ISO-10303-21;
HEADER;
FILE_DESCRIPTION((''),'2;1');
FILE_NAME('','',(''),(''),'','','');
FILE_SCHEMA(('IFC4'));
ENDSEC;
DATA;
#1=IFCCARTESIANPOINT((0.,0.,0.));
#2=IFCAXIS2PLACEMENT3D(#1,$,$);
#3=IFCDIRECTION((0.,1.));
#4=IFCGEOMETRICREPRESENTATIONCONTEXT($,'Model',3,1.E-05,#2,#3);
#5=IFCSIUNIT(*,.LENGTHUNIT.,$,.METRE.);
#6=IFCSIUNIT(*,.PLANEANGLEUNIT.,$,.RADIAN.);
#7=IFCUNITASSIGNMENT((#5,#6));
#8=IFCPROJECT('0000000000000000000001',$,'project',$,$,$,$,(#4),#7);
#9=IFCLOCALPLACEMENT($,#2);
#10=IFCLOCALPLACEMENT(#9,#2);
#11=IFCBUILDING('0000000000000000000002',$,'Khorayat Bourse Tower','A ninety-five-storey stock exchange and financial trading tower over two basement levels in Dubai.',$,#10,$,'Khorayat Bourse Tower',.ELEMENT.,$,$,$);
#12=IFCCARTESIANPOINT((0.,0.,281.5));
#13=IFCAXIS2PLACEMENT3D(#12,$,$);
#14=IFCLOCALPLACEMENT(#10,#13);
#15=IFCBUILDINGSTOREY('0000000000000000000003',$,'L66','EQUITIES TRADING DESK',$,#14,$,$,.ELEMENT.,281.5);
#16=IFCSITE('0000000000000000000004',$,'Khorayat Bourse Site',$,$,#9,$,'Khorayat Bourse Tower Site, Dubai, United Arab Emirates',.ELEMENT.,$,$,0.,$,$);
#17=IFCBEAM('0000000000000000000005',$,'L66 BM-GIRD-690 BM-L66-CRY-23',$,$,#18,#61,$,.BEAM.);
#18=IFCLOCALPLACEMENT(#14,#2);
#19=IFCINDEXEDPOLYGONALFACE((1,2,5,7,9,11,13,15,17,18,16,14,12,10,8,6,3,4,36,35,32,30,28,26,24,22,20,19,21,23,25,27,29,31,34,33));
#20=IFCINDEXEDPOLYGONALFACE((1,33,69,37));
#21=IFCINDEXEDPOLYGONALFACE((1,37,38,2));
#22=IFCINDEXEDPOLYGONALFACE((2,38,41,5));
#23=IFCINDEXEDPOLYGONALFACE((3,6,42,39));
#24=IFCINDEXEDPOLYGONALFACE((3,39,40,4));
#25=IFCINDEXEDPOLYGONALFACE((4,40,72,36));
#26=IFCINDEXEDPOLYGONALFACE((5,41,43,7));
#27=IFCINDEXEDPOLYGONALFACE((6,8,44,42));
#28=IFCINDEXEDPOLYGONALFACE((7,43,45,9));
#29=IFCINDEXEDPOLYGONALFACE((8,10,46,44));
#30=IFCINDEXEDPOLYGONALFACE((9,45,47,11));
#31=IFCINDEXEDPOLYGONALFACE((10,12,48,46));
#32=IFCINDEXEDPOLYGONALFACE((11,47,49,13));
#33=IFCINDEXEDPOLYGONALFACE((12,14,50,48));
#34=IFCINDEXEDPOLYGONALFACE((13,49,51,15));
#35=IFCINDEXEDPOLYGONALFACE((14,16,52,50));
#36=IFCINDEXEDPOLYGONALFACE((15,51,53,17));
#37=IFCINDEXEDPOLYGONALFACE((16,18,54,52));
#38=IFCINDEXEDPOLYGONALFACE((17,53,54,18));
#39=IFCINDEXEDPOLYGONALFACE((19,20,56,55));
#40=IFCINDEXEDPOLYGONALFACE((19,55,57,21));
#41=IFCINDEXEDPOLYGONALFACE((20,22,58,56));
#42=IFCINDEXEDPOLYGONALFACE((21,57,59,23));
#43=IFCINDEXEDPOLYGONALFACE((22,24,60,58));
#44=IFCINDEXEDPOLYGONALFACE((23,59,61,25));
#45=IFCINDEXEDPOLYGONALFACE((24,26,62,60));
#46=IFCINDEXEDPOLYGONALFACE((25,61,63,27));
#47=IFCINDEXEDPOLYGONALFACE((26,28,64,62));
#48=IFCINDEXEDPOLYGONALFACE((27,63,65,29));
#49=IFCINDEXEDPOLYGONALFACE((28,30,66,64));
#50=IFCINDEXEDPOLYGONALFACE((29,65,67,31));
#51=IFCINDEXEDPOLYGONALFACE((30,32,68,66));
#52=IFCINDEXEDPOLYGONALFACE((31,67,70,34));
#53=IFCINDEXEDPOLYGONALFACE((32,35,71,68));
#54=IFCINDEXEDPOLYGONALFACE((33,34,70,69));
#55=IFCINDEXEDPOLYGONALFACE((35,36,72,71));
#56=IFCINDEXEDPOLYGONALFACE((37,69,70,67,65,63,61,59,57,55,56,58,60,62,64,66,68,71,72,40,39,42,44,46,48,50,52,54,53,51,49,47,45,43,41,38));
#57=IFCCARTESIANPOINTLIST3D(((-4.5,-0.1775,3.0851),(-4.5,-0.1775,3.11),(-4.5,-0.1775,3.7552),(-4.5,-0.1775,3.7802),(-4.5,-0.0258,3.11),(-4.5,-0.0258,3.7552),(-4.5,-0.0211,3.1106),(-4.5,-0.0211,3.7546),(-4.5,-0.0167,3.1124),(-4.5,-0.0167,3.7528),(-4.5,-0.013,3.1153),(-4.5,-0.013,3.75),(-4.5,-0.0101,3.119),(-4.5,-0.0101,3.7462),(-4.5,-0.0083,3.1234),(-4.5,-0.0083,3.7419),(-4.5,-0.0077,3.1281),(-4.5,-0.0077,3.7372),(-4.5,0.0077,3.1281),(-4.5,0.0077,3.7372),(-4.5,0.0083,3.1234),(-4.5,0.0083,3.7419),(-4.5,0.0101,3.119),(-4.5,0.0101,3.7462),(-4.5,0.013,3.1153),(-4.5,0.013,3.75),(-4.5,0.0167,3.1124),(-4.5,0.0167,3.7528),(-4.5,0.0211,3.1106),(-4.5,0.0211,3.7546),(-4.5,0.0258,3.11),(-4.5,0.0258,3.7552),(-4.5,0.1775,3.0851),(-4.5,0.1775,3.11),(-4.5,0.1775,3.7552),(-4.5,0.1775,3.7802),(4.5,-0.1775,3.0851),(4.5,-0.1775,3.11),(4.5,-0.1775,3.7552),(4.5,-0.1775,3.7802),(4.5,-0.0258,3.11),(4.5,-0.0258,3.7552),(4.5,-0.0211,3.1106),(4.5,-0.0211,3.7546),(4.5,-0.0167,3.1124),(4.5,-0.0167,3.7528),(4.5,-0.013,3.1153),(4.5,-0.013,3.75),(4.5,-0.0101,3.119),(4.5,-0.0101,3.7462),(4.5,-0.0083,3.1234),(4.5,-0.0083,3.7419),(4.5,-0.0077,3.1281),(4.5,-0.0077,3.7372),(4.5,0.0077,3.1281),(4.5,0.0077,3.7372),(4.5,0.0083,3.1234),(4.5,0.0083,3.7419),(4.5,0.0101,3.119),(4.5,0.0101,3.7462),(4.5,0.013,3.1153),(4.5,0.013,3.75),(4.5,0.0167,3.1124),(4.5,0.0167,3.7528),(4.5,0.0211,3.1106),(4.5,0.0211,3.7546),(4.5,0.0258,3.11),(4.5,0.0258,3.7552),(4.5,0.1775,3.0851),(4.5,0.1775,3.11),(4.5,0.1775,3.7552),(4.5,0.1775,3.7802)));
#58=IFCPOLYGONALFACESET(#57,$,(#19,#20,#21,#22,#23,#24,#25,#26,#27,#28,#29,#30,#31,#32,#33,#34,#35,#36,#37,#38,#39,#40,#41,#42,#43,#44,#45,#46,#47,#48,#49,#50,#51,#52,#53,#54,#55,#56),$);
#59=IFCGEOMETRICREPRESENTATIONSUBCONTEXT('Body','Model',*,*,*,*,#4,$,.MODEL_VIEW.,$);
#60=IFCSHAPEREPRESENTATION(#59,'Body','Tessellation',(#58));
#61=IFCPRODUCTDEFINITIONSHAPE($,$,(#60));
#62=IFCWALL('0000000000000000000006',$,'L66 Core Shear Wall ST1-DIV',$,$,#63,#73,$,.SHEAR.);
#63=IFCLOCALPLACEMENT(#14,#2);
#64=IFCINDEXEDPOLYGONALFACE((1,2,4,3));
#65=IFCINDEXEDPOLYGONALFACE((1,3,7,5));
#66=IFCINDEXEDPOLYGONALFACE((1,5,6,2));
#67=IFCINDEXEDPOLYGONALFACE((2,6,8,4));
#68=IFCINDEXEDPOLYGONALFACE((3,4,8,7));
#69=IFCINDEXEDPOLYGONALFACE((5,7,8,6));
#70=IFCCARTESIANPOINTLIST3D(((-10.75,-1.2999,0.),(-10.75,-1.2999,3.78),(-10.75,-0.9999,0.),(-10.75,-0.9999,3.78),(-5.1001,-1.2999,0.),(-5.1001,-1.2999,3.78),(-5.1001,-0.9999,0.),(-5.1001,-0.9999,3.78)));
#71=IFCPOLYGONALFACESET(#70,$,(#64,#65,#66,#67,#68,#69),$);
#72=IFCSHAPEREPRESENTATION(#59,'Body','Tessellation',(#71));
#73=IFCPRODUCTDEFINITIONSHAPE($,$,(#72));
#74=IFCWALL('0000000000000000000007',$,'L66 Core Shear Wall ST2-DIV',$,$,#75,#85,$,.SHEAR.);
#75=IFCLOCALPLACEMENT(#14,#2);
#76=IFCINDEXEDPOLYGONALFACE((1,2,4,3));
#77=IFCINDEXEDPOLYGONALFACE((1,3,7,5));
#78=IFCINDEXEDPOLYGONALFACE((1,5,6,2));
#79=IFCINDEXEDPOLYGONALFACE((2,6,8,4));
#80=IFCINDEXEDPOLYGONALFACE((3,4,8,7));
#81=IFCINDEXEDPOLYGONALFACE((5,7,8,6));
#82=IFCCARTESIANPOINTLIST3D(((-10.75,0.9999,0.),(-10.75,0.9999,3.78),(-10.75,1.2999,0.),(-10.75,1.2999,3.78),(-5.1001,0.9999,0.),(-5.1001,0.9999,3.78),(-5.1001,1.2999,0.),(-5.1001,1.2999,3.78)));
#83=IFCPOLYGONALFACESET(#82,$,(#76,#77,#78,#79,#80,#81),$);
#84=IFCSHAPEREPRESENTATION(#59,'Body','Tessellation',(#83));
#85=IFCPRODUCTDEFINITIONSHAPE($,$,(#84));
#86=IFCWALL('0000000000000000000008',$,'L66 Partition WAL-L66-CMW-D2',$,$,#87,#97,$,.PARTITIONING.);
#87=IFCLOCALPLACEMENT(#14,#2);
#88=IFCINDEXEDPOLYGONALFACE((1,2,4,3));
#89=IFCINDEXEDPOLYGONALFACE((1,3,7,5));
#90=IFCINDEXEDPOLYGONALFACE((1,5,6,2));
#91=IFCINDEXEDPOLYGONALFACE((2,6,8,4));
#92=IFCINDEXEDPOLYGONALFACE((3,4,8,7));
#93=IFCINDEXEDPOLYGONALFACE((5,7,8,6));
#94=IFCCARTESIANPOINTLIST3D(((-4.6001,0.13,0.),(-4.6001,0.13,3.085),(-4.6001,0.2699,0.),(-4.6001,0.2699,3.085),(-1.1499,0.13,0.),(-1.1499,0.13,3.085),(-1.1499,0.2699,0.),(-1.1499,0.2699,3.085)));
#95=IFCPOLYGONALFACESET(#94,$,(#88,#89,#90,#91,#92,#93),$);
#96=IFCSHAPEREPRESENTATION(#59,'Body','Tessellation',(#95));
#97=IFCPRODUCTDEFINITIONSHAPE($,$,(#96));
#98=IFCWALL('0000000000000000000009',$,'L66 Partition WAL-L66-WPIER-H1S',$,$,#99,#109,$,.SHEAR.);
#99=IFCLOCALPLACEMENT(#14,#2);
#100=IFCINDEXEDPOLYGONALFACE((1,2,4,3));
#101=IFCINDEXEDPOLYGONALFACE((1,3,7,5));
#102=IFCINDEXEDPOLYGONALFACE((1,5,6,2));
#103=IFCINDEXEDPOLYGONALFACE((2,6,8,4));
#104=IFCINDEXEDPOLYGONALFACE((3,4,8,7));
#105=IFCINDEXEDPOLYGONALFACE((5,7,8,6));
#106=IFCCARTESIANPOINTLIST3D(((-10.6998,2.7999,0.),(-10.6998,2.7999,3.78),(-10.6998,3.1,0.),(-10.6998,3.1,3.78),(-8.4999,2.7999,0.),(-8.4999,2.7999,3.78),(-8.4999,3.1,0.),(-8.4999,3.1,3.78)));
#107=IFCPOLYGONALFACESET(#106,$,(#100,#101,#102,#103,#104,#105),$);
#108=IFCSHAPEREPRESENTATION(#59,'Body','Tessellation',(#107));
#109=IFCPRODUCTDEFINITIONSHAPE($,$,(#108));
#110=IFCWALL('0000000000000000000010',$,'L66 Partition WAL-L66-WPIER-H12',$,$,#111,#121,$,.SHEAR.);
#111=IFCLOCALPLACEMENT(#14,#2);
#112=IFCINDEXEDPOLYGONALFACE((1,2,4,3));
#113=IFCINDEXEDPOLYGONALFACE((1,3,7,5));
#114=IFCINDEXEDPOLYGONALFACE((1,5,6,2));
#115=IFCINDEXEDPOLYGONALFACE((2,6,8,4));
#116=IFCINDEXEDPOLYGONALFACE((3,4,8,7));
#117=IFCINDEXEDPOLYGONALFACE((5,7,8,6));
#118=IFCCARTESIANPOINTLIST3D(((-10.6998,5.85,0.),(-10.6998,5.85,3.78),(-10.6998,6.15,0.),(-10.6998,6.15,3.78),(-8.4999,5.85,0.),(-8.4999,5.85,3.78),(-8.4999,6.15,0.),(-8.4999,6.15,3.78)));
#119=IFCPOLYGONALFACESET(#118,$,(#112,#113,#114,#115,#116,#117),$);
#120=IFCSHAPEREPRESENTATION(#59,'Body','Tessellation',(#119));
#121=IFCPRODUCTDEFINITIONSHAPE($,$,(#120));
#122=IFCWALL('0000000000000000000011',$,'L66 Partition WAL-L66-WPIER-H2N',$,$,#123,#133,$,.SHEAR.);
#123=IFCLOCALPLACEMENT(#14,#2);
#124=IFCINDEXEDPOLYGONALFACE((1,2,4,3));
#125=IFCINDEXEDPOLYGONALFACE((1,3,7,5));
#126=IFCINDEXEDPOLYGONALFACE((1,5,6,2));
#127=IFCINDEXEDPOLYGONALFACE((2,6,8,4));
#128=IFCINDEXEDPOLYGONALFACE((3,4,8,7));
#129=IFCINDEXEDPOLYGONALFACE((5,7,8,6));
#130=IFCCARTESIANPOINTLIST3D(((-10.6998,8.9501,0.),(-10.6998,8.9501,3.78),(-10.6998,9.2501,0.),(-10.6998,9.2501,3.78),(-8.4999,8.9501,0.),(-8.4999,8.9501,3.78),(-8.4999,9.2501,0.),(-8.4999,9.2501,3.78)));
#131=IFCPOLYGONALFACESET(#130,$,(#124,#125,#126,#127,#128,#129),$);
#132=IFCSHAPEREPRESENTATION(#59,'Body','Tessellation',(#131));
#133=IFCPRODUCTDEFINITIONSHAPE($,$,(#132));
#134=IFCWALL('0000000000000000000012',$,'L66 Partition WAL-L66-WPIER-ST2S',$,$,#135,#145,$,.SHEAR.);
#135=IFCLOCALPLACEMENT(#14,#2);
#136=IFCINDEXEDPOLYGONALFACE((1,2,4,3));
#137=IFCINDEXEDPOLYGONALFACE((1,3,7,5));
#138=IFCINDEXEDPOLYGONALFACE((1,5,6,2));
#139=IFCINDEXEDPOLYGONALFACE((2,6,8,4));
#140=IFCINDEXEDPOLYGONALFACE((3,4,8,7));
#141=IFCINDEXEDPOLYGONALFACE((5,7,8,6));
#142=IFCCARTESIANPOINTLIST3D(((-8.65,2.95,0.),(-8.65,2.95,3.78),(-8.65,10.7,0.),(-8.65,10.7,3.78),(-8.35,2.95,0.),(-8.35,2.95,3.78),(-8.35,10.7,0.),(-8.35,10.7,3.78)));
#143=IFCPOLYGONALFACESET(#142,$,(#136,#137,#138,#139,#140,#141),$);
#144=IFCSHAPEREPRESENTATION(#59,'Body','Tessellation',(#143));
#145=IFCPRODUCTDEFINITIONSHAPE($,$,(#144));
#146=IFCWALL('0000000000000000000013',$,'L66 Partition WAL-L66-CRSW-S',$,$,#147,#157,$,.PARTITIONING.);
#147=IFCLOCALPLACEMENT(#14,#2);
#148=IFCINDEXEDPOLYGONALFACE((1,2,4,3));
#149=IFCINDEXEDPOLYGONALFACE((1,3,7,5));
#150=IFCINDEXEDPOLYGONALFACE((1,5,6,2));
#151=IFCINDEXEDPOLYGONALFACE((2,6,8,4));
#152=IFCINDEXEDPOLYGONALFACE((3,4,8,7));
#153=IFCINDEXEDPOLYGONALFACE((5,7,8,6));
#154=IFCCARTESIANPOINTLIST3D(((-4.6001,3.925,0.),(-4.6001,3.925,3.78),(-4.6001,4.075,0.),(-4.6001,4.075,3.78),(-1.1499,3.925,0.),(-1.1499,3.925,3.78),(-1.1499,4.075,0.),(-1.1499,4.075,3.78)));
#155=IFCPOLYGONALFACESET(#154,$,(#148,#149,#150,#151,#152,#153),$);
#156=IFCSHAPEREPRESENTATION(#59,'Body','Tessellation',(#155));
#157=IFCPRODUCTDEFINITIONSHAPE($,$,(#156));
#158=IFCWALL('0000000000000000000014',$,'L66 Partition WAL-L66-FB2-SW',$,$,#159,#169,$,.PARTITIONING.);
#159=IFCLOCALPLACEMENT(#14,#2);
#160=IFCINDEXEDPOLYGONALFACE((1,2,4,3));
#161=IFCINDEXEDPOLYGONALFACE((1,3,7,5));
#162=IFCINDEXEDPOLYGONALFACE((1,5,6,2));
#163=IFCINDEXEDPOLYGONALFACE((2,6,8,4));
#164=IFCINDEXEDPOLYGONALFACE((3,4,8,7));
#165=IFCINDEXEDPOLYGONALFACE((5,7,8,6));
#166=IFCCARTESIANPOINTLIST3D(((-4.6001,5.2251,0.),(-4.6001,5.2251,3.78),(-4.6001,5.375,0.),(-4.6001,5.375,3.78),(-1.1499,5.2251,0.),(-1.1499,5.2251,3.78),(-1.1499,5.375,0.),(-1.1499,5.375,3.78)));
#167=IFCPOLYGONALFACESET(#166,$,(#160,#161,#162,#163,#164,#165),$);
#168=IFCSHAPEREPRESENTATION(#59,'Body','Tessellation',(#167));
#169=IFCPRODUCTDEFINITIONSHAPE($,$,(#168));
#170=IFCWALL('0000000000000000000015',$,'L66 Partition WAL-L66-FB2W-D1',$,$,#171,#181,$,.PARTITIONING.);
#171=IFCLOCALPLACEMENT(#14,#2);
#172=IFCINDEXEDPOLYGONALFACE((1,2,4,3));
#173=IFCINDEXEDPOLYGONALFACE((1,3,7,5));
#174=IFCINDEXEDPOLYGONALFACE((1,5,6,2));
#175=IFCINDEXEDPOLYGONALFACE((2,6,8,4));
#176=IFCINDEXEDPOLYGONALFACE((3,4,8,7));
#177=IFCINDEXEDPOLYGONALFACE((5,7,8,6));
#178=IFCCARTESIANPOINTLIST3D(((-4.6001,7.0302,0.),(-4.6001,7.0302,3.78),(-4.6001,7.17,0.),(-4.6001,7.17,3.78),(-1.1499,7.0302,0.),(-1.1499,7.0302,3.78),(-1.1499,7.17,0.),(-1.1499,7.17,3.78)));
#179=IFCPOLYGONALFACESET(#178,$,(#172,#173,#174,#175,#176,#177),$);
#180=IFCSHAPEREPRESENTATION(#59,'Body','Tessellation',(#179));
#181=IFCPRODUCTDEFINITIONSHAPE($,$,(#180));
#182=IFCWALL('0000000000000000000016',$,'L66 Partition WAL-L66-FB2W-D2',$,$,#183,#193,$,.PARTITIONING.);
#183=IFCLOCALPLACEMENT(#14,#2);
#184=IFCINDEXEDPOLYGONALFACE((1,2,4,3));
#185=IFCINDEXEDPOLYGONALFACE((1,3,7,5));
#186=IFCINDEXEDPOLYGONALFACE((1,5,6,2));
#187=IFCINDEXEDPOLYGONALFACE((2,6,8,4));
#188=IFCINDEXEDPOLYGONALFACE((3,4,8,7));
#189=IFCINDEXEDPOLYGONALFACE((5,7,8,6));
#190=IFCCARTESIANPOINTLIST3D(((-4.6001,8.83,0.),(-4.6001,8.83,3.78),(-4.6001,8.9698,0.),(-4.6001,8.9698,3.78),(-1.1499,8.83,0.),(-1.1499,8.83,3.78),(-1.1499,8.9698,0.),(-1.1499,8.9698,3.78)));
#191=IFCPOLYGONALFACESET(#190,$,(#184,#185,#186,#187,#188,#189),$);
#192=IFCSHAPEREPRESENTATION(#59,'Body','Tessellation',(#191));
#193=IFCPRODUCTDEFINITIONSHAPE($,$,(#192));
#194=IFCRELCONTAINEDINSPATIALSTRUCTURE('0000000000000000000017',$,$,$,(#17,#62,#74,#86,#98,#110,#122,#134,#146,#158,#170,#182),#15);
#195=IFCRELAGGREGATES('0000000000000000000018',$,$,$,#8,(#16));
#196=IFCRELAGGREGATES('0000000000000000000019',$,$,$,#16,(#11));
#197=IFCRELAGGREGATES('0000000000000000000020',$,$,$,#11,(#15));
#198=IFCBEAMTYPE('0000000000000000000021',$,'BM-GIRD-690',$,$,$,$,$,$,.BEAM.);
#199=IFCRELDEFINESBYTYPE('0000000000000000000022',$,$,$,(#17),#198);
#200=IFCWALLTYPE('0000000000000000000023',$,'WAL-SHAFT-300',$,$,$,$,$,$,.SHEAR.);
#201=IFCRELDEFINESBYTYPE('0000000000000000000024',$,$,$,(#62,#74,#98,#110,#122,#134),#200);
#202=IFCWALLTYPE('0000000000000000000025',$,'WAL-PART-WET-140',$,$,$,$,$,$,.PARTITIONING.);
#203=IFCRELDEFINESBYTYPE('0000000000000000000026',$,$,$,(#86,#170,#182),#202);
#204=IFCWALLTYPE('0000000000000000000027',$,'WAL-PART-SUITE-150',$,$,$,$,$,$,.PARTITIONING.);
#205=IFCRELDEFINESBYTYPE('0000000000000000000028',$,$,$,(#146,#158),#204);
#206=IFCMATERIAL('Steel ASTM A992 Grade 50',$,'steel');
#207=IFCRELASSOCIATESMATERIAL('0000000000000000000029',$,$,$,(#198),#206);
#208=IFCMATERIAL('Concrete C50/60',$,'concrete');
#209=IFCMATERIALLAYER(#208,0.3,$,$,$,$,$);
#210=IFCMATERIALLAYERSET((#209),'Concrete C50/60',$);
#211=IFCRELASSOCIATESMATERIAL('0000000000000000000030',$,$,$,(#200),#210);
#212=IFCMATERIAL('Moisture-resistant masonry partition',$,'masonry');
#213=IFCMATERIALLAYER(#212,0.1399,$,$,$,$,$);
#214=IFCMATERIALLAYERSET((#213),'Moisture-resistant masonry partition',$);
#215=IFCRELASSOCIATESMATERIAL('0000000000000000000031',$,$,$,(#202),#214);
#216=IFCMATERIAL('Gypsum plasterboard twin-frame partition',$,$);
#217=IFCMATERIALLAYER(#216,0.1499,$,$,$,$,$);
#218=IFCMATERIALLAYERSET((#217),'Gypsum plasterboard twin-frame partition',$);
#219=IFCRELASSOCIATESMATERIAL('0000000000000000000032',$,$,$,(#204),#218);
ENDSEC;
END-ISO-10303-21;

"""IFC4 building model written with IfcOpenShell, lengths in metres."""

from ifc_helpers import new_model, si_unit, direction, frame, frame_2d, origin, origin_2d, place, context, subcontext, project, spatial, rectangle, i_section, extrude, source, transform, mapped, material, layer, layer_set, material_profile, profile_set, type_object, element, save


model = new_model("IFC4")

# Units and contexts
model_context = context("Model", 3, precision=1e-05, world=origin(), true_north=direction((0.0, 1.0)))
body_context = subcontext(model_context, "Body", "Model", "MODEL_VIEW")
ifc_project = project(units=[si_unit("LENGTHUNIT", "METRE"), si_unit("PLANEANGLEUNIT", "RADIAN")], contexts=[model_context])

# Site, building, storey
site_placement = place(None, origin())
site = spatial("IfcSite", under=ifc_project, at=site_placement, Name="Khorayat Bourse Site", LongName="Khorayat Bourse Tower Site, Dubai, United Arab Emirates", CompositionType="ELEMENT", RefElevation=0.0)
building_placement = place(site_placement, origin())
building = spatial("IfcBuilding", under=site, at=building_placement, Name="Khorayat Bourse Tower", Description="A ninety-five-storey stock exchange and financial trading tower over two basement levels in Dubai.", LongName="Khorayat Bourse Tower", CompositionType="ELEMENT")
storey_placement = place(building_placement, frame((0.0, 0.0, 281.5)))
storey = spatial("IfcBuildingStorey", under=building, at=storey_placement, Name="L66", Description="EQUITIES TRADING DESK", CompositionType="ELEMENT", Elevation=281.5)

# Beam
ifc_material_1 = material(Name="Steel ASTM A992 Grade 50", Category="steel")
ifc_material_profile_1 = material_profile(ifc_material_1, i_section(OverallWidth=0.355, OverallDepth=0.6951, WebThickness=0.0154, FlangeThickness=0.0249, FilletRadius=0.0181, at=origin_2d()), Name="W690X217")
ifc_profile_set_1 = profile_set([ifc_material_profile_1], Name="Steel ASTM A992 Grade 50")
beam_type = type_object("IfcBeamType", Name="BM-GIRD-690", PredefinedType="BEAM", material=ifc_profile_set_1)
shared_shape_1 = source(origin(), body_context, "Body", "SweptSolid", [
    extrude(i_section(OverallWidth=0.355, OverallDepth=0.6951, WebThickness=0.0154, FlangeThickness=0.0249, FilletRadius=0.0181, at=origin_2d()), origin(), (0.0, 0.0, 1.0), 9.0),
])
beam_1_placement = place(storey_placement, frame((-4.5, 0.0, 3.4326), z_axis=(1.0, 0.0, 0.0), x_axis=(0.0, 1.0, 0.0)))
element("IfcBeam", 1, at=beam_1_placement, inside=storey, type_object=beam_type, Name="L66 BM-GIRD-690 BM-L66-CRY-23", PredefinedType="BEAM", context=body_context, shape_type="MappedRepresentation", body=[
    mapped(shared_shape_1, transform((0.0, 0.0, 0.0), scale=1.0)),
])

# Walls
ifc_material_2 = material(Name="Concrete C50/60", Category="concrete")
ifc_layer_1 = layer(ifc_material_2, 0.3)
ifc_layer_set_1 = layer_set([ifc_layer_1], Name="Concrete C50/60")
wall_type_1 = type_object("IfcWallType", Name="WAL-SHAFT-300", PredefinedType="SHEAR", material=ifc_layer_set_1)
shared_shape_2 = source(origin(), body_context, "Body", "SweptSolid", [
    extrude(rectangle(XDim=5.6499, YDim=0.3, at=frame_2d((2.825, 0.0))), origin(), (0.0, 0.0, 1.0), 3.78),
])
for number, where, z_axis, x_axis, name in (
    (2, (-10.75, -1.1499, 0.0), (0.0, 0.0, 1.0), (1.0, 0.0, 0.0), "L66 Core Shear Wall ST1-DIV"),
    (3, (-10.75, 1.1499, 0.0), (0.0, 0.0, 1.0), (1.0, 0.0, 0.0), "L66 Core Shear Wall ST2-DIV"),
):
    element("IfcWall", number, at=place(storey_placement, frame(where, z_axis=z_axis, x_axis=x_axis)), inside=storey, type_object=wall_type_1, Name=name, PredefinedType="SHEAR", context=body_context, shape_type="MappedRepresentation", body=[
        mapped(shared_shape_2, transform((0.0, 0.0, 0.0), scale=1.0)),
    ])
ifc_material_3 = material(Name="Moisture-resistant masonry partition", Category="masonry")
ifc_layer_2 = layer(ifc_material_3, 0.1399)
ifc_layer_set_2 = layer_set([ifc_layer_2], Name="Moisture-resistant masonry partition")
wall_type_2 = type_object("IfcWallType", Name="WAL-PART-WET-140", PredefinedType="PARTITIONING", material=ifc_layer_set_2)
shared_shape_3 = source(origin(), body_context, "Body", "SweptSolid", [
    extrude(rectangle(XDim=3.4502, YDim=0.1399, at=frame_2d((1.7251, 0.0))), origin(), (0.0, 0.0, 1.0), 3.085),
])
wall_1_placement = place(storey_placement, frame((-4.6001, 0.2, 0.0), z_axis=(0.0, 0.0, 1.0), x_axis=(1.0, 0.0, 0.0)))
element("IfcWall", 4, at=wall_1_placement, inside=storey, type_object=wall_type_2, Name="L66 Partition WAL-L66-CMW-D2", PredefinedType="PARTITIONING", context=body_context, shape_type="MappedRepresentation", body=[
    mapped(shared_shape_3, transform((0.0, 0.0, 0.0), scale=1.0)),
])
shared_shape_4 = source(origin(), body_context, "Body", "SweptSolid", [
    extrude(rectangle(XDim=2.2, YDim=0.3, at=frame_2d((1.1001, 0.0))), origin(), (0.0, 0.0, 1.0), 3.78),
])
for number, where, z_axis, x_axis, name in (
    (5, (-10.7, 2.95, 0.0), (0.0, 0.0, 1.0), (1.0, 0.0, 0.0), "L66 Partition WAL-L66-WPIER-H1S"),
    (6, (-10.7, 6.0, 0.0), (0.0, 0.0, 1.0), (1.0, 0.0, 0.0), "L66 Partition WAL-L66-WPIER-H12"),
    (7, (-10.7, 9.1001, 0.0), (0.0, 0.0, 1.0), (1.0, 0.0, 0.0), "L66 Partition WAL-L66-WPIER-H2N"),
):
    element("IfcWall", number, at=place(storey_placement, frame(where, z_axis=z_axis, x_axis=x_axis)), inside=storey, type_object=wall_type_1, Name=name, PredefinedType="SHEAR", context=body_context, shape_type="MappedRepresentation", body=[
        mapped(shared_shape_4, transform((0.0, 0.0, 0.0), scale=1.0)),
    ])
shared_shape_5 = source(origin(), body_context, "Body", "SweptSolid", [
    extrude(rectangle(XDim=7.75, YDim=0.3, at=frame_2d((3.875, 0.0))), origin(), (0.0, 0.0, 1.0), 3.78),
])
wall_2_placement = place(storey_placement, frame((-8.5, 2.95, 0.0), z_axis=(0.0, 0.0, 1.0), x_axis=(0.0, 1.0, 0.0)))
element("IfcWall", 8, at=wall_2_placement, inside=storey, type_object=wall_type_1, Name="L66 Partition WAL-L66-WPIER-ST2S", PredefinedType="SHEAR", context=body_context, shape_type="MappedRepresentation", body=[
    mapped(shared_shape_5, transform((0.0, 0.0, 0.0), scale=1.0)),
])
ifc_material_4 = material(Name="Gypsum plasterboard twin-frame partition")
ifc_layer_3 = layer(ifc_material_4, 0.1499)
ifc_layer_set_3 = layer_set([ifc_layer_3], Name="Gypsum plasterboard twin-frame partition")
wall_type_3 = type_object("IfcWallType", Name="WAL-PART-SUITE-150", PredefinedType="PARTITIONING", material=ifc_layer_set_3)
shared_shape_6 = source(origin(), body_context, "Body", "SweptSolid", [
    extrude(rectangle(XDim=3.4502, YDim=0.1499, at=frame_2d((1.7251, 0.0))), origin(), (0.0, 0.0, 1.0), 3.78),
])
for number, where, z_axis, x_axis, name in (
    (9, (-4.6001, 4.0, 0.0), (0.0, 0.0, 1.0), (1.0, 0.0, 0.0), "L66 Partition WAL-L66-CRSW-S"),
    (10, (-4.6001, 5.3, 0.0), (0.0, 0.0, 1.0), (1.0, 0.0, 0.0), "L66 Partition WAL-L66-FB2-SW"),
):
    element("IfcWall", number, at=place(storey_placement, frame(where, z_axis=z_axis, x_axis=x_axis)), inside=storey, type_object=wall_type_3, Name=name, PredefinedType="PARTITIONING", context=body_context, shape_type="MappedRepresentation", body=[
        mapped(shared_shape_6, transform((0.0, 0.0, 0.0), scale=1.0)),
    ])
shared_shape_7 = source(origin(), body_context, "Body", "SweptSolid", [
    extrude(rectangle(XDim=3.4502, YDim=0.1399, at=frame_2d((1.7251, 0.0))), origin(), (0.0, 0.0, 1.0), 3.78),
])
for number, where, z_axis, x_axis, name in (
    (11, (-4.6001, 7.1001, 0.0), (0.0, 0.0, 1.0), (1.0, 0.0, 0.0), "L66 Partition WAL-L66-FB2W-D1"),
    (12, (-4.6001, 8.8999, 0.0), (0.0, 0.0, 1.0), (1.0, 0.0, 0.0), "L66 Partition WAL-L66-FB2W-D2"),
):
    element("IfcWall", number, at=place(storey_placement, frame(where, z_axis=z_axis, x_axis=x_axis)), inside=storey, type_object=wall_type_2, Name=name, PredefinedType="PARTITIONING", context=body_context, shape_type="MappedRepresentation", body=[
        mapped(shared_shape_7, transform((0.0, 0.0, 0.0), scale=1.0)),
    ])

save(model, "model.ifc")
